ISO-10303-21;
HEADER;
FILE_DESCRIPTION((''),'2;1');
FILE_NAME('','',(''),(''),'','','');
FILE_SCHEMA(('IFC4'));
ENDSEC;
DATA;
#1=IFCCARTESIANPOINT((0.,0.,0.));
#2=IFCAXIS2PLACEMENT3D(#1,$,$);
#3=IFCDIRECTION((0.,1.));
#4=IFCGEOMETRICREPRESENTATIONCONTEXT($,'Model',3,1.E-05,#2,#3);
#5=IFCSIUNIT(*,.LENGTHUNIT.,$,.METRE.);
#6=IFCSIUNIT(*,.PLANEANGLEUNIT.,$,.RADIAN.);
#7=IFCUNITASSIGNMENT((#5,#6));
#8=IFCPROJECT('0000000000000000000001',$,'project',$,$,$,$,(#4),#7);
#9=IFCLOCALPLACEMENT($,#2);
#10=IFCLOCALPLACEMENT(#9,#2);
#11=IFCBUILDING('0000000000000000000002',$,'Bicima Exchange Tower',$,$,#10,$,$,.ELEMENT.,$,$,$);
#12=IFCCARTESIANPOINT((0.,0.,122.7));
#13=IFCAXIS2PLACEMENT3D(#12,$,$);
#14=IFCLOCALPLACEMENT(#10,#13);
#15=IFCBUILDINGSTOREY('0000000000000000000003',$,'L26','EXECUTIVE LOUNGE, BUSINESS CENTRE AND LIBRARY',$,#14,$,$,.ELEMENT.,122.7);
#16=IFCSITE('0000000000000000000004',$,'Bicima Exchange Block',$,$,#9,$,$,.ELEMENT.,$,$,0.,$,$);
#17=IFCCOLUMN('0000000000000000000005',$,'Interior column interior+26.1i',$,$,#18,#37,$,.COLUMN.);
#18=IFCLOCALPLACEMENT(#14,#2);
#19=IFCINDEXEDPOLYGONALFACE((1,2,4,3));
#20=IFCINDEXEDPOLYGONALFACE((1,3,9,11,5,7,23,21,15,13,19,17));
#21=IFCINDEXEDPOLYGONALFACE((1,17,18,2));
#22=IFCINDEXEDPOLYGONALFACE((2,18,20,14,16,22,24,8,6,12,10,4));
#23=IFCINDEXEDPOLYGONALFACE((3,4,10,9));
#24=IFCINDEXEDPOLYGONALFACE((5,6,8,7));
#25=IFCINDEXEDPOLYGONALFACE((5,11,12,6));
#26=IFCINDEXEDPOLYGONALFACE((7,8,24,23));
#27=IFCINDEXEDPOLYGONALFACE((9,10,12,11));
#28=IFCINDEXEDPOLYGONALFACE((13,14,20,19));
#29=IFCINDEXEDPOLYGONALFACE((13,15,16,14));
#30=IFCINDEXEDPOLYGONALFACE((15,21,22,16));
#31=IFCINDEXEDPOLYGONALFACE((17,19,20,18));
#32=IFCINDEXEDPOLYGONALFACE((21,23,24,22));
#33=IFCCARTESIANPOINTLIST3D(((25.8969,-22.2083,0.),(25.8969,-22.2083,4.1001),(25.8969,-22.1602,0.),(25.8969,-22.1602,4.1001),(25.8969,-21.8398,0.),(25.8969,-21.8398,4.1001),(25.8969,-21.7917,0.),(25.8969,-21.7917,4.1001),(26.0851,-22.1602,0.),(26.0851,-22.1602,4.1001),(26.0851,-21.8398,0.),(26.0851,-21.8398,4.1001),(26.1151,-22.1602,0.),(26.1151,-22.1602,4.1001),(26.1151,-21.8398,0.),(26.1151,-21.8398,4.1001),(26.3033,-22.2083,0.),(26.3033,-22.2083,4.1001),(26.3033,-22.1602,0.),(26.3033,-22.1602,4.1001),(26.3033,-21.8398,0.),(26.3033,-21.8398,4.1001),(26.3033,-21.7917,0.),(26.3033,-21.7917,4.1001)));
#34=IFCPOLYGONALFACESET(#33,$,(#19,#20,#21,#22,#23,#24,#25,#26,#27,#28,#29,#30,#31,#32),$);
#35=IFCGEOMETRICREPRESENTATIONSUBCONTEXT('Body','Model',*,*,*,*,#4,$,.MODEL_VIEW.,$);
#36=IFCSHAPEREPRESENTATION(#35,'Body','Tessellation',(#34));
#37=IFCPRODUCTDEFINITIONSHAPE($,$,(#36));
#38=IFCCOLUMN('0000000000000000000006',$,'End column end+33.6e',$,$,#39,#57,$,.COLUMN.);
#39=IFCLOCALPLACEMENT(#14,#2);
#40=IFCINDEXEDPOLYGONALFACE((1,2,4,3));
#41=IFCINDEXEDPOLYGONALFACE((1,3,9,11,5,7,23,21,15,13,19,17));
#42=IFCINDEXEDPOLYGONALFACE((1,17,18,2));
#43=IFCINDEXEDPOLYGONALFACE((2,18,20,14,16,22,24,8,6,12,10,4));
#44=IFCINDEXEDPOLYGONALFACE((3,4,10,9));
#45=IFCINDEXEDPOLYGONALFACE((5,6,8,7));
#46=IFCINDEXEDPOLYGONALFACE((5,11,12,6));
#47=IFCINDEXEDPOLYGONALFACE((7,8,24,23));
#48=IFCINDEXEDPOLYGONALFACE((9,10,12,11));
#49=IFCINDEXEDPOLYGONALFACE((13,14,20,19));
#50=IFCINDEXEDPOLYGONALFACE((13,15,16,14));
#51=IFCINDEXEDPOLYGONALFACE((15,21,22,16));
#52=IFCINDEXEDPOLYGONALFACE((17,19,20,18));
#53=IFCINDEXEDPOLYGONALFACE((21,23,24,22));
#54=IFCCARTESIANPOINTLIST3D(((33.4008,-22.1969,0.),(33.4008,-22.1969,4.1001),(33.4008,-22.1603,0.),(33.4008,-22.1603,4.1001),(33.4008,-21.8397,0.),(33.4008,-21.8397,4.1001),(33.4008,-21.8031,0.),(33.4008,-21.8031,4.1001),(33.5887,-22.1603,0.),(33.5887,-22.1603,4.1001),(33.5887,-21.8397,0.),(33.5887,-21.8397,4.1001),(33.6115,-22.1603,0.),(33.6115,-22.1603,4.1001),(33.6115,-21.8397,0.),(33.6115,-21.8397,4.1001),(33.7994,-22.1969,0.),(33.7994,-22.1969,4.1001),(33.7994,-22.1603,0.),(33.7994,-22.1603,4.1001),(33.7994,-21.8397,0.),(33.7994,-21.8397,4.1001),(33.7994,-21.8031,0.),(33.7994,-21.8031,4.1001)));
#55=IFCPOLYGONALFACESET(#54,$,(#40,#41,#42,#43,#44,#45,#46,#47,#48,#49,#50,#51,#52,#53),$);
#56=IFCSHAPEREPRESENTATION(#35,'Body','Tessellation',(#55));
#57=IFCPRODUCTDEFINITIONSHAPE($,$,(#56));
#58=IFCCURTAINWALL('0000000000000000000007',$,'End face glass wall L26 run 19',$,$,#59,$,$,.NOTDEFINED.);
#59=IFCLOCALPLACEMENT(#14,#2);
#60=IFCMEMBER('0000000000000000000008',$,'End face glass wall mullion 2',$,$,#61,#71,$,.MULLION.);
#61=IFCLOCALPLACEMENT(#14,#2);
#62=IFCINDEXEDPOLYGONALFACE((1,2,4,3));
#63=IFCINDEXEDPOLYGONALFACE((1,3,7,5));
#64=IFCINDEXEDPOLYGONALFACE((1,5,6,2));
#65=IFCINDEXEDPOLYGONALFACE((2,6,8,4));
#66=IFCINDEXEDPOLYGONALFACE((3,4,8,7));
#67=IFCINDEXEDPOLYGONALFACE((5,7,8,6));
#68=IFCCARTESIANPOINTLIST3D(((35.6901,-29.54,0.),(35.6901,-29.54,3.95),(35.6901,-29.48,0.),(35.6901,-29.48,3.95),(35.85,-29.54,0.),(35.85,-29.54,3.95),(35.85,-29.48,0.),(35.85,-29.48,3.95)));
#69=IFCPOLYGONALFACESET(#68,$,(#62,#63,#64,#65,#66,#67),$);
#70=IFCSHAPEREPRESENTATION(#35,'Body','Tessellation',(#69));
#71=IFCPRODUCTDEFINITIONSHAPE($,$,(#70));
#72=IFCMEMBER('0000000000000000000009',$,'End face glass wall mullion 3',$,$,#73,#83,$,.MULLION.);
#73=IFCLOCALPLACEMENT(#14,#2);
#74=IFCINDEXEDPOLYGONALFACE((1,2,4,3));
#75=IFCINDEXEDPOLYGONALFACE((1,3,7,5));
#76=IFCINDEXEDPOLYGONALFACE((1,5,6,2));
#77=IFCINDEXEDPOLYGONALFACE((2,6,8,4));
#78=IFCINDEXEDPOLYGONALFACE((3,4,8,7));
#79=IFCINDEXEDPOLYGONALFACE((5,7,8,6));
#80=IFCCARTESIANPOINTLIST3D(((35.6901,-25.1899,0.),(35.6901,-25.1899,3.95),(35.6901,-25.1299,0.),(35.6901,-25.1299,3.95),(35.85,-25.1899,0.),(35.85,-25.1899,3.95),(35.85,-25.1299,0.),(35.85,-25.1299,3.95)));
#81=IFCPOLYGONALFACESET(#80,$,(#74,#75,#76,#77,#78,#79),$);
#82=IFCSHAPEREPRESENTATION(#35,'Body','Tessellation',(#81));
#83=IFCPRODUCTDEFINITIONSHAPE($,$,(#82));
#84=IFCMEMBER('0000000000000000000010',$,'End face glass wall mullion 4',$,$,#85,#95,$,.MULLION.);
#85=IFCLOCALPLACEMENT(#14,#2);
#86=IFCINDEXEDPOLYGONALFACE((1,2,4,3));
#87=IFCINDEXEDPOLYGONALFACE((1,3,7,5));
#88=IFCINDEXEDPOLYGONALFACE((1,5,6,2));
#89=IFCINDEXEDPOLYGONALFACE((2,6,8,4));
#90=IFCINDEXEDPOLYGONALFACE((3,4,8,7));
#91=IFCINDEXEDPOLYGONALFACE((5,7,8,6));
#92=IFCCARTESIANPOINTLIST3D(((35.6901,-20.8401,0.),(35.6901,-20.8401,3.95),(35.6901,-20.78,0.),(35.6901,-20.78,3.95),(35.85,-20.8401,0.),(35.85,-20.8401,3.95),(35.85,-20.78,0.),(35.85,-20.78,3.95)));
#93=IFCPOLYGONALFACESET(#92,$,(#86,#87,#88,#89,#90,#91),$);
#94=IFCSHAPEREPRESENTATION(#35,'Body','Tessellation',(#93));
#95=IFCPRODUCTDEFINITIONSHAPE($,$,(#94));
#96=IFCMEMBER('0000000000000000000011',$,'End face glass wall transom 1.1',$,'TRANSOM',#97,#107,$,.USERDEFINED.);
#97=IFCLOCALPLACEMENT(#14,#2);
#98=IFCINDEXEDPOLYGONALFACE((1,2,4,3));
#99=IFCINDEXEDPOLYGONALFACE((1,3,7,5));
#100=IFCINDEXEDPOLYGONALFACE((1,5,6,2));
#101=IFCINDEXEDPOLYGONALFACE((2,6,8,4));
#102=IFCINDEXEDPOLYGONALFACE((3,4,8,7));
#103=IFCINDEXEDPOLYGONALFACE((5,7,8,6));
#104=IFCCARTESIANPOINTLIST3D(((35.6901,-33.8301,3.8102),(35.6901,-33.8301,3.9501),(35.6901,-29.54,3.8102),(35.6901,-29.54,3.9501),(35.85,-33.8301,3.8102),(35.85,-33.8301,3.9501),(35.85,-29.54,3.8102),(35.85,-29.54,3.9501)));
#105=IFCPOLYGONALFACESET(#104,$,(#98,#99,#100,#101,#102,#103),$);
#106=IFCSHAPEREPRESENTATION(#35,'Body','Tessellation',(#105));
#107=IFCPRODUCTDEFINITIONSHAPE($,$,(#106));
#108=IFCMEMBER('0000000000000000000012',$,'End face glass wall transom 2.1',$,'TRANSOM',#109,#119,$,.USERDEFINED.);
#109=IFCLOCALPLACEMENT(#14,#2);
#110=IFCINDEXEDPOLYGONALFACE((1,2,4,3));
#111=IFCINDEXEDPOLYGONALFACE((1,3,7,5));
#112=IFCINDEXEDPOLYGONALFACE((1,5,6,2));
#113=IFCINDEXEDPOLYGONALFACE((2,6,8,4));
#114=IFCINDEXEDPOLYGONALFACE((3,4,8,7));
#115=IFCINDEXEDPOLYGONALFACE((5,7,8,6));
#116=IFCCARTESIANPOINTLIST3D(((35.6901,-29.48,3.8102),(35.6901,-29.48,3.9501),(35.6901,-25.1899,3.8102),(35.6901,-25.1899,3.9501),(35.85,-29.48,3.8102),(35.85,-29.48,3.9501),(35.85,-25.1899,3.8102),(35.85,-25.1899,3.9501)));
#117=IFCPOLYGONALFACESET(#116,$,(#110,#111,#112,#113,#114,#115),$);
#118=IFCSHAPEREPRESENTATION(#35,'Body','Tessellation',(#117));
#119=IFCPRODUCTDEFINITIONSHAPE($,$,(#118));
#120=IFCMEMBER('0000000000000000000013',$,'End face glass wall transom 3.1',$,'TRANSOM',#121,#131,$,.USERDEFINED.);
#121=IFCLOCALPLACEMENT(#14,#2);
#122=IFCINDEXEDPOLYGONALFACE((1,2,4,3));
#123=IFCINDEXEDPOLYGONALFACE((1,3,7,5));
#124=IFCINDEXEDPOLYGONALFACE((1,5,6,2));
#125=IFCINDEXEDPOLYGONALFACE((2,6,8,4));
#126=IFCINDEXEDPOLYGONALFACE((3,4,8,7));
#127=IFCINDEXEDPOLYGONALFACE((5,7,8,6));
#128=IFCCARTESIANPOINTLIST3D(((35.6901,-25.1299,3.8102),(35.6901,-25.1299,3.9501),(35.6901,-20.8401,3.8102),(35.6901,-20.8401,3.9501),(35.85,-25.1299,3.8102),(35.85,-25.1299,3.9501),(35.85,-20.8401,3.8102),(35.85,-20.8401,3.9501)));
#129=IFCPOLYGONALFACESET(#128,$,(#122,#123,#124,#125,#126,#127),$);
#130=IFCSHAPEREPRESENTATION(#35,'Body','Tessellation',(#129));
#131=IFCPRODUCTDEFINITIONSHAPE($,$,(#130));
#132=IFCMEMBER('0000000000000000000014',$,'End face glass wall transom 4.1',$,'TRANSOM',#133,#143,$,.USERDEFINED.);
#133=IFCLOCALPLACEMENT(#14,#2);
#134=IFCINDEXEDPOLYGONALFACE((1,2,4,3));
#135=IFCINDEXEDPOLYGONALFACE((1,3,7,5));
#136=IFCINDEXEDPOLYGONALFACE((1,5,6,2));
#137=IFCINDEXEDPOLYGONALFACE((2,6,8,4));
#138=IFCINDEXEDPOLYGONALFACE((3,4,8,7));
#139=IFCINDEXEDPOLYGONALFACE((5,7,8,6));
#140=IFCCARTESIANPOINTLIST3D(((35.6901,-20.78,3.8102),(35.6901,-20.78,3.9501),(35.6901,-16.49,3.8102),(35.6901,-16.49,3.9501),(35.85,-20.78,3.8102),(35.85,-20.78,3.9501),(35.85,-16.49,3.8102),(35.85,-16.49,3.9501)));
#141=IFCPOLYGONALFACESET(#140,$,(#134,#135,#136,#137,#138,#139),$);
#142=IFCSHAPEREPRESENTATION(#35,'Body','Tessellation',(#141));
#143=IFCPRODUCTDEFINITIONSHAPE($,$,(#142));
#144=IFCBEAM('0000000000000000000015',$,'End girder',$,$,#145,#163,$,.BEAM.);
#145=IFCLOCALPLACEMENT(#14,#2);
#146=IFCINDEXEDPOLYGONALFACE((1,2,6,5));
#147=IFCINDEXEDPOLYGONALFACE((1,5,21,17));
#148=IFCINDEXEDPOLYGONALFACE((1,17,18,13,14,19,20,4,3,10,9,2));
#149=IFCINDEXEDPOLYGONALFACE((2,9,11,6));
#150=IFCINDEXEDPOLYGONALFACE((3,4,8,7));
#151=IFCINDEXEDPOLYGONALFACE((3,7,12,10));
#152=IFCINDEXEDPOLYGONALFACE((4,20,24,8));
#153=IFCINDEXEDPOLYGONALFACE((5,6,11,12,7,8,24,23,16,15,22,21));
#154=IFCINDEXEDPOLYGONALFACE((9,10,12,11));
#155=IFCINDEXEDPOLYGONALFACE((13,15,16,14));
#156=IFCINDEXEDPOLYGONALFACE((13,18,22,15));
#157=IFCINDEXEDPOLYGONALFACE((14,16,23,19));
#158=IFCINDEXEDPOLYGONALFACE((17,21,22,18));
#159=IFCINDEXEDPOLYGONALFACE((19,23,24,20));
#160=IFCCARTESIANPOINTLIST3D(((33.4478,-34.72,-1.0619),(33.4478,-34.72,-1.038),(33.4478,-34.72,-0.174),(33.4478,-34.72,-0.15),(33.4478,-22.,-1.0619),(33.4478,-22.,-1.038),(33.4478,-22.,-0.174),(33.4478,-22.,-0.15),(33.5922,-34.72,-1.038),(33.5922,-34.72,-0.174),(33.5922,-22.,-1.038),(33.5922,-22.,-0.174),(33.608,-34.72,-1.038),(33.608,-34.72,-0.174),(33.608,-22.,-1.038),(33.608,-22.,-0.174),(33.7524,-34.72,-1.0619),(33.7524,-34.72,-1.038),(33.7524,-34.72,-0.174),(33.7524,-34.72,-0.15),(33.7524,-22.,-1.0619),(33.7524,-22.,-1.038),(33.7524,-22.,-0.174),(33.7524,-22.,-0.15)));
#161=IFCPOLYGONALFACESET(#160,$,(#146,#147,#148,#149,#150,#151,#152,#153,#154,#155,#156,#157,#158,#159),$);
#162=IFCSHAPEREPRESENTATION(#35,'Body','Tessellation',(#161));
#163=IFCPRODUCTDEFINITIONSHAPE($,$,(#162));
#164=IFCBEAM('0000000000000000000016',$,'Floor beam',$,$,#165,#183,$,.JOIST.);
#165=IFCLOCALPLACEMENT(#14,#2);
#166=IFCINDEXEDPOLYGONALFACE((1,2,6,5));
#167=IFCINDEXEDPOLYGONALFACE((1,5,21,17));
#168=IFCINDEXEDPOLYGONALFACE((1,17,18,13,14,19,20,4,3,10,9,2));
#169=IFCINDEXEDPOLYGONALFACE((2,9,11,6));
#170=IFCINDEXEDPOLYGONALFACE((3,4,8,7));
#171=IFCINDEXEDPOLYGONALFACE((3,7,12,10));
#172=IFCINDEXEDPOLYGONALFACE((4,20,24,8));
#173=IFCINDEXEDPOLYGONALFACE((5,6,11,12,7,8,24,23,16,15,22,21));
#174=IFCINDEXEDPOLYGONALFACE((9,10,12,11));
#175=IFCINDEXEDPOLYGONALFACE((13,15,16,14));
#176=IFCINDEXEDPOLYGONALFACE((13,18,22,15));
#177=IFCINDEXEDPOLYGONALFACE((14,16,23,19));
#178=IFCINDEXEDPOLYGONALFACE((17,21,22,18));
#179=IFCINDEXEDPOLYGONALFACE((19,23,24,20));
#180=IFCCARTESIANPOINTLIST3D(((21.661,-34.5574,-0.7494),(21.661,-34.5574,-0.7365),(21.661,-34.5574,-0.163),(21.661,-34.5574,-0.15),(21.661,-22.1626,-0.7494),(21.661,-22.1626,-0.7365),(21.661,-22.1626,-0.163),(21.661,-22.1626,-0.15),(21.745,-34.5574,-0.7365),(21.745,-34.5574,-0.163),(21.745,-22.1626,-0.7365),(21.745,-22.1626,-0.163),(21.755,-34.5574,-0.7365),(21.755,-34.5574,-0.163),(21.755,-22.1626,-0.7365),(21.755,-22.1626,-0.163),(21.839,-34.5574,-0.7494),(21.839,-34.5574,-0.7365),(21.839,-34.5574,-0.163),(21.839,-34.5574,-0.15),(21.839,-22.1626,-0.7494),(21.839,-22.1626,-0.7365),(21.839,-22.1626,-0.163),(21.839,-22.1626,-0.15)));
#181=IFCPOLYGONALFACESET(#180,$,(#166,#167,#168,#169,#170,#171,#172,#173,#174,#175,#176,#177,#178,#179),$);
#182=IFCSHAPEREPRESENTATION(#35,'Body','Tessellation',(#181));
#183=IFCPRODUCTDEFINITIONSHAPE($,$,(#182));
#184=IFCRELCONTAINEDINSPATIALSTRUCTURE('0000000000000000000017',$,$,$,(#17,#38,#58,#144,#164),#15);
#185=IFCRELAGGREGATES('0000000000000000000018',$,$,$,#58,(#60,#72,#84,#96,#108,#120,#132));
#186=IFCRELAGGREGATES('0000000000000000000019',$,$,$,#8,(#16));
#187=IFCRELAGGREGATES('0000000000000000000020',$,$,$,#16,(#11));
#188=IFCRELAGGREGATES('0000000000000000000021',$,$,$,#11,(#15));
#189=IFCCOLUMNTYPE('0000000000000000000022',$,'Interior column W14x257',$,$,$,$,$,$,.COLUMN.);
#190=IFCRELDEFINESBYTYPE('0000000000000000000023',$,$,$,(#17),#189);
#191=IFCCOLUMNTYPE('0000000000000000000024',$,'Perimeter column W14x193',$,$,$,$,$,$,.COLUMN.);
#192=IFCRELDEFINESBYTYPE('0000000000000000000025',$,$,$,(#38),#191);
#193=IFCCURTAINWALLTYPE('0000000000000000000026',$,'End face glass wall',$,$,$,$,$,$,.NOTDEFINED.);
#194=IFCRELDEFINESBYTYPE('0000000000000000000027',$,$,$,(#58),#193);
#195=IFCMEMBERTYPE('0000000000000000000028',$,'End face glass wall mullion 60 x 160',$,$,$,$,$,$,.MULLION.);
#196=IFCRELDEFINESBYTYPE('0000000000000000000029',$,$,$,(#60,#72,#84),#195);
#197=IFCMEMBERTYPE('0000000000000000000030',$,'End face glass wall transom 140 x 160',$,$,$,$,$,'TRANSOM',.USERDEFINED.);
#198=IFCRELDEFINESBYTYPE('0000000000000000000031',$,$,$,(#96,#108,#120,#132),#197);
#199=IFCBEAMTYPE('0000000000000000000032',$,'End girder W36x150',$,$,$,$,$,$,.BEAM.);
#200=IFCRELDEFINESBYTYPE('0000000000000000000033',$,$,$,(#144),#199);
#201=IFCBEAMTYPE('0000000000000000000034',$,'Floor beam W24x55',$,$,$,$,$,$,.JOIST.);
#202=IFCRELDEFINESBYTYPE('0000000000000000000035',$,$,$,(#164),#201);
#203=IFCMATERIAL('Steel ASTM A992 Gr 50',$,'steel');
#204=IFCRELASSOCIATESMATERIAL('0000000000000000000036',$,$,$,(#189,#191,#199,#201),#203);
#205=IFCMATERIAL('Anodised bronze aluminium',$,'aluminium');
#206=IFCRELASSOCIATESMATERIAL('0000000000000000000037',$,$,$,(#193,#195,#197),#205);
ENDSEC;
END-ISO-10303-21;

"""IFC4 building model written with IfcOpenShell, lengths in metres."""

from ifc_helpers import new_model, si_unit, direction, frame, origin, origin_2d, place, context, subcontext, project, spatial, rectangle, i_section, extrude, material, material_profile, profile_set, type_object, element, aggregate, save


model = new_model("IFC4")

# Units and contexts
model_context = context("Model", 3, precision=1e-05, world=origin(), true_north=direction((0.0, 1.0)))
body_context = subcontext(model_context, "Body", "Model", "MODEL_VIEW")
ifc_project = project(units=[si_unit("LENGTHUNIT", "METRE"), si_unit("PLANEANGLEUNIT", "RADIAN")], contexts=[model_context])

# Site, building, storey
site_placement = place(None, origin())
site = spatial("IfcSite", under=ifc_project, at=site_placement, Name="Bicima Exchange Block", CompositionType="ELEMENT", RefElevation=0.0)
building_placement = place(site_placement, origin())
building = spatial("IfcBuilding", under=site, at=building_placement, Name="Bicima Exchange Tower", CompositionType="ELEMENT")
storey_placement = place(building_placement, frame((0.0, 0.0, 122.7)))
storey = spatial("IfcBuildingStorey", under=building, at=storey_placement, Name="L26", Description="EXECUTIVE LOUNGE, BUSINESS CENTRE AND LIBRARY", CompositionType="ELEMENT", Elevation=122.7)

# Columns
ifc_material_1 = material(Name="Steel ASTM A992 Gr 50", Category="steel")
ifc_material_profile_1 = material_profile(ifc_material_1, i_section(OverallWidth=0.4065, OverallDepth=0.4165, WebThickness=0.03, FlangeThickness=0.0481, at=origin_2d()))
ifc_profile_set_1 = profile_set([ifc_material_profile_1], Name="Steel ASTM A992 Gr 50")
column_type_1 = type_object("IfcColumnType", Name="Interior column W14x257", PredefinedType="COLUMN", material=ifc_profile_set_1)
column_1_placement = place(storey_placement, frame((26.1001, -22.0, 0.0), z_axis=(0.0, 0.0, 1.0), x_axis=(1.0, 0.0, 0.0)))
element("IfcColumn", 1, at=column_1_placement, inside=storey, type_object=column_type_1, Name="Interior column interior+26.1i", PredefinedType="COLUMN", context=body_context, shape_type="SweptSolid", body=[
    extrude(i_section(OverallWidth=0.4065, OverallDepth=0.4165, WebThickness=0.03, FlangeThickness=0.0481, at=origin_2d()), origin(), (0.0, 0.0, 1.0), 4.1001),
])
ifc_material_profile_2 = material_profile(ifc_material_1, i_section(OverallWidth=0.3987, OverallDepth=0.3938, WebThickness=0.0227, FlangeThickness=0.0366, at=origin_2d()))
ifc_profile_set_2 = profile_set([ifc_material_profile_2], Name="Steel ASTM A992 Gr 50")
column_type_2 = type_object("IfcColumnType", Name="Perimeter column W14x193", PredefinedType="COLUMN", material=ifc_profile_set_2)
column_2_placement = place(storey_placement, frame((33.6001, -22.0, 0.0), z_axis=(0.0, 0.0, 1.0), x_axis=(1.0, 0.0, 0.0)))
element("IfcColumn", 2, at=column_2_placement, inside=storey, type_object=column_type_2, Name="End column end+33.6e", PredefinedType="COLUMN", context=body_context, shape_type="SweptSolid", body=[
    extrude(i_section(OverallWidth=0.3987, OverallDepth=0.3938, WebThickness=0.0227, FlangeThickness=0.0366, at=origin_2d()), origin(), (0.0, 0.0, 1.0), 4.1001),
])

# Curtain wall, members
ifc_material_2 = material(Name="Anodised bronze aluminium", Category="aluminium")
curtain_wall_type = type_object("IfcCurtainWallType", Name="End face glass wall", PredefinedType="NOTDEFINED", material=ifc_material_2)
curtain_wall_placement = place(storey_placement, origin())
curtain_wall = element("IfcCurtainWall", 3, at=curtain_wall_placement, inside=storey, type_object=curtain_wall_type, Name="End face glass wall L26 run 19", PredefinedType="NOTDEFINED")
ifc_material_profile_3 = material_profile(ifc_material_2, rectangle(XDim=0.1599, YDim=0.0601, at=origin_2d()))
ifc_profile_set_3 = profile_set([ifc_material_profile_3], Name="Anodised bronze aluminium")
member_type_1 = type_object("IfcMemberType", Name="End face glass wall mullion 60 x 160", PredefinedType="MULLION", material=ifc_profile_set_3)
member_1_placement = place(storey_placement, frame((35.77, -29.51, 0.0), z_axis=(0.0, 0.0, 1.0), x_axis=(-1.0, 0.0, 0.0)))
member_1 = element("IfcMember", 4, at=member_1_placement, type_object=member_type_1, Name="End face glass wall mullion 2", PredefinedType="MULLION", context=body_context, shape_type="SweptSolid", body=[
    extrude(rectangle(XDim=0.1599, YDim=0.0601, at=origin_2d()), origin(), (0.0, 0.0, 1.0), 3.95),
])
member_2_placement = place(storey_placement, frame((35.77, -25.1599, 0.0), z_axis=(0.0, 0.0, 1.0), x_axis=(-1.0, 0.0, 0.0)))
member_2 = element("IfcMember", 5, at=member_2_placement, type_object=member_type_1, Name="End face glass wall mullion 3", PredefinedType="MULLION", context=body_context, shape_type="SweptSolid", body=[
    extrude(rectangle(XDim=0.1599, YDim=0.0601, at=origin_2d()), origin(), (0.0, 0.0, 1.0), 3.95),
])
member_3_placement = place(storey_placement, frame((35.77, -20.8101, 0.0), z_axis=(0.0, 0.0, 1.0), x_axis=(-1.0, 0.0, 0.0)))
member_3 = element("IfcMember", 6, at=member_3_placement, type_object=member_type_1, Name="End face glass wall mullion 4", PredefinedType="MULLION", context=body_context, shape_type="SweptSolid", body=[
    extrude(rectangle(XDim=0.1599, YDim=0.0601, at=origin_2d()), origin(), (0.0, 0.0, 1.0), 3.95),
])
ifc_material_profile_4 = material_profile(ifc_material_2, rectangle(XDim=0.1599, YDim=0.1399, at=origin_2d()))
ifc_profile_set_4 = profile_set([ifc_material_profile_4], Name="Anodised bronze aluminium")
member_type_2 = type_object("IfcMemberType", Name="End face glass wall transom 140 x 160", ElementType="TRANSOM", PredefinedType="USERDEFINED", material=ifc_profile_set_4)
member_4_placement = place(storey_placement, frame((35.77, -33.8301, 3.8801), z_axis=(0.0, 1.0, 0.0), x_axis=(-1.0, 0.0, 0.0)))
member_4 = element("IfcMember", 7, at=member_4_placement, type_object=member_type_2, Name="End face glass wall transom 1.1", ObjectType="TRANSOM", PredefinedType="USERDEFINED", context=body_context, shape_type="SweptSolid", body=[
    extrude(rectangle(XDim=0.1599, YDim=0.1399, at=origin_2d()), origin(), (0.0, 0.0, 1.0), 4.29),
])
member_5_placement = place(storey_placement, frame((35.77, -29.48, 3.8801), z_axis=(0.0, 1.0, 0.0), x_axis=(-1.0, 0.0, 0.0)))
member_5 = element("IfcMember", 8, at=member_5_placement, type_object=member_type_2, Name="End face glass wall transom 2.1", ObjectType="TRANSOM", PredefinedType="USERDEFINED", context=body_context, shape_type="SweptSolid", body=[
    extrude(rectangle(XDim=0.1599, YDim=0.1399, at=origin_2d()), origin(), (0.0, 0.0, 1.0), 4.29),
])
member_6_placement = place(storey_placement, frame((35.77, -25.1299, 3.8801), z_axis=(0.0, 1.0, 0.0), x_axis=(-1.0, 0.0, 0.0)))
member_6 = element("IfcMember", 9, at=member_6_placement, type_object=member_type_2, Name="End face glass wall transom 3.1", ObjectType="TRANSOM", PredefinedType="USERDEFINED", context=body_context, shape_type="SweptSolid", body=[
    extrude(rectangle(XDim=0.1599, YDim=0.1399, at=origin_2d()), origin(), (0.0, 0.0, 1.0), 4.2898),
])
member_7_placement = place(storey_placement, frame((35.77, -20.78, 3.8801), z_axis=(0.0, 1.0, 0.0), x_axis=(-1.0, 0.0, 0.0)))
member_7 = element("IfcMember", 10, at=member_7_placement, type_object=member_type_2, Name="End face glass wall transom 4.1", ObjectType="TRANSOM", PredefinedType="USERDEFINED", context=body_context, shape_type="SweptSolid", body=[
    extrude(rectangle(XDim=0.1599, YDim=0.1399, at=origin_2d()), origin(), (0.0, 0.0, 1.0), 4.29),
])

# Beams
ifc_material_profile_5 = material_profile(ifc_material_1, i_section(OverallWidth=0.3047, OverallDepth=0.9119, WebThickness=0.0159, FlangeThickness=0.0239, at=origin_2d()))
ifc_profile_set_5 = profile_set([ifc_material_profile_5], Name="Steel ASTM A992 Gr 50")
beam_type_1 = type_object("IfcBeamType", Name="End girder W36x150", PredefinedType="BEAM", material=ifc_profile_set_5)
beam_1_placement = place(storey_placement, frame((33.6001, -22.0, -0.606), z_axis=(0.0, -1.0, 0.0), x_axis=(1.0, 0.0, 0.0)))
element("IfcBeam", 11, at=beam_1_placement, inside=storey, type_object=beam_type_1, Name="End girder", PredefinedType="BEAM", context=body_context, shape_type="SweptSolid", body=[
    extrude(i_section(OverallWidth=0.3047, OverallDepth=0.9119, WebThickness=0.0159, FlangeThickness=0.0239, at=origin_2d()), origin(), (0.0, 0.0, 1.0), 12.72),
])
ifc_material_profile_6 = material_profile(ifc_material_1, i_section(OverallWidth=0.178, OverallDepth=0.5994, WebThickness=0.01, FlangeThickness=0.0129, at=origin_2d()))
ifc_profile_set_6 = profile_set([ifc_material_profile_6], Name="Steel ASTM A992 Gr 50")
beam_type_2 = type_object("IfcBeamType", Name="Floor beam W24x55", PredefinedType="JOIST", material=ifc_profile_set_6)
for number, where, z_axis, x_axis, name in (
    (12, (21.75, -22.1626, -0.4497), (0.0, -1.0, 0.0), (1.0, 0.0, 0.0), "Floor beam"),
):
    element("IfcBeam", number, at=place(storey_placement, frame(where, z_axis=z_axis, x_axis=x_axis)), inside=storey, type_object=beam_type_2, Name=name, PredefinedType="JOIST", context=body_context, shape_type="SweptSolid", body=[
        extrude(i_section(OverallWidth=0.178, OverallDepth=0.5994, WebThickness=0.01, FlangeThickness=0.0129, at=origin_2d()), origin(), (0.0, 0.0, 1.0), 12.3948),
    ])

aggregate(curtain_wall, [member_1, member_2, member_3, member_4, member_5, member_6, member_7])

save(model, "model.ifc")
